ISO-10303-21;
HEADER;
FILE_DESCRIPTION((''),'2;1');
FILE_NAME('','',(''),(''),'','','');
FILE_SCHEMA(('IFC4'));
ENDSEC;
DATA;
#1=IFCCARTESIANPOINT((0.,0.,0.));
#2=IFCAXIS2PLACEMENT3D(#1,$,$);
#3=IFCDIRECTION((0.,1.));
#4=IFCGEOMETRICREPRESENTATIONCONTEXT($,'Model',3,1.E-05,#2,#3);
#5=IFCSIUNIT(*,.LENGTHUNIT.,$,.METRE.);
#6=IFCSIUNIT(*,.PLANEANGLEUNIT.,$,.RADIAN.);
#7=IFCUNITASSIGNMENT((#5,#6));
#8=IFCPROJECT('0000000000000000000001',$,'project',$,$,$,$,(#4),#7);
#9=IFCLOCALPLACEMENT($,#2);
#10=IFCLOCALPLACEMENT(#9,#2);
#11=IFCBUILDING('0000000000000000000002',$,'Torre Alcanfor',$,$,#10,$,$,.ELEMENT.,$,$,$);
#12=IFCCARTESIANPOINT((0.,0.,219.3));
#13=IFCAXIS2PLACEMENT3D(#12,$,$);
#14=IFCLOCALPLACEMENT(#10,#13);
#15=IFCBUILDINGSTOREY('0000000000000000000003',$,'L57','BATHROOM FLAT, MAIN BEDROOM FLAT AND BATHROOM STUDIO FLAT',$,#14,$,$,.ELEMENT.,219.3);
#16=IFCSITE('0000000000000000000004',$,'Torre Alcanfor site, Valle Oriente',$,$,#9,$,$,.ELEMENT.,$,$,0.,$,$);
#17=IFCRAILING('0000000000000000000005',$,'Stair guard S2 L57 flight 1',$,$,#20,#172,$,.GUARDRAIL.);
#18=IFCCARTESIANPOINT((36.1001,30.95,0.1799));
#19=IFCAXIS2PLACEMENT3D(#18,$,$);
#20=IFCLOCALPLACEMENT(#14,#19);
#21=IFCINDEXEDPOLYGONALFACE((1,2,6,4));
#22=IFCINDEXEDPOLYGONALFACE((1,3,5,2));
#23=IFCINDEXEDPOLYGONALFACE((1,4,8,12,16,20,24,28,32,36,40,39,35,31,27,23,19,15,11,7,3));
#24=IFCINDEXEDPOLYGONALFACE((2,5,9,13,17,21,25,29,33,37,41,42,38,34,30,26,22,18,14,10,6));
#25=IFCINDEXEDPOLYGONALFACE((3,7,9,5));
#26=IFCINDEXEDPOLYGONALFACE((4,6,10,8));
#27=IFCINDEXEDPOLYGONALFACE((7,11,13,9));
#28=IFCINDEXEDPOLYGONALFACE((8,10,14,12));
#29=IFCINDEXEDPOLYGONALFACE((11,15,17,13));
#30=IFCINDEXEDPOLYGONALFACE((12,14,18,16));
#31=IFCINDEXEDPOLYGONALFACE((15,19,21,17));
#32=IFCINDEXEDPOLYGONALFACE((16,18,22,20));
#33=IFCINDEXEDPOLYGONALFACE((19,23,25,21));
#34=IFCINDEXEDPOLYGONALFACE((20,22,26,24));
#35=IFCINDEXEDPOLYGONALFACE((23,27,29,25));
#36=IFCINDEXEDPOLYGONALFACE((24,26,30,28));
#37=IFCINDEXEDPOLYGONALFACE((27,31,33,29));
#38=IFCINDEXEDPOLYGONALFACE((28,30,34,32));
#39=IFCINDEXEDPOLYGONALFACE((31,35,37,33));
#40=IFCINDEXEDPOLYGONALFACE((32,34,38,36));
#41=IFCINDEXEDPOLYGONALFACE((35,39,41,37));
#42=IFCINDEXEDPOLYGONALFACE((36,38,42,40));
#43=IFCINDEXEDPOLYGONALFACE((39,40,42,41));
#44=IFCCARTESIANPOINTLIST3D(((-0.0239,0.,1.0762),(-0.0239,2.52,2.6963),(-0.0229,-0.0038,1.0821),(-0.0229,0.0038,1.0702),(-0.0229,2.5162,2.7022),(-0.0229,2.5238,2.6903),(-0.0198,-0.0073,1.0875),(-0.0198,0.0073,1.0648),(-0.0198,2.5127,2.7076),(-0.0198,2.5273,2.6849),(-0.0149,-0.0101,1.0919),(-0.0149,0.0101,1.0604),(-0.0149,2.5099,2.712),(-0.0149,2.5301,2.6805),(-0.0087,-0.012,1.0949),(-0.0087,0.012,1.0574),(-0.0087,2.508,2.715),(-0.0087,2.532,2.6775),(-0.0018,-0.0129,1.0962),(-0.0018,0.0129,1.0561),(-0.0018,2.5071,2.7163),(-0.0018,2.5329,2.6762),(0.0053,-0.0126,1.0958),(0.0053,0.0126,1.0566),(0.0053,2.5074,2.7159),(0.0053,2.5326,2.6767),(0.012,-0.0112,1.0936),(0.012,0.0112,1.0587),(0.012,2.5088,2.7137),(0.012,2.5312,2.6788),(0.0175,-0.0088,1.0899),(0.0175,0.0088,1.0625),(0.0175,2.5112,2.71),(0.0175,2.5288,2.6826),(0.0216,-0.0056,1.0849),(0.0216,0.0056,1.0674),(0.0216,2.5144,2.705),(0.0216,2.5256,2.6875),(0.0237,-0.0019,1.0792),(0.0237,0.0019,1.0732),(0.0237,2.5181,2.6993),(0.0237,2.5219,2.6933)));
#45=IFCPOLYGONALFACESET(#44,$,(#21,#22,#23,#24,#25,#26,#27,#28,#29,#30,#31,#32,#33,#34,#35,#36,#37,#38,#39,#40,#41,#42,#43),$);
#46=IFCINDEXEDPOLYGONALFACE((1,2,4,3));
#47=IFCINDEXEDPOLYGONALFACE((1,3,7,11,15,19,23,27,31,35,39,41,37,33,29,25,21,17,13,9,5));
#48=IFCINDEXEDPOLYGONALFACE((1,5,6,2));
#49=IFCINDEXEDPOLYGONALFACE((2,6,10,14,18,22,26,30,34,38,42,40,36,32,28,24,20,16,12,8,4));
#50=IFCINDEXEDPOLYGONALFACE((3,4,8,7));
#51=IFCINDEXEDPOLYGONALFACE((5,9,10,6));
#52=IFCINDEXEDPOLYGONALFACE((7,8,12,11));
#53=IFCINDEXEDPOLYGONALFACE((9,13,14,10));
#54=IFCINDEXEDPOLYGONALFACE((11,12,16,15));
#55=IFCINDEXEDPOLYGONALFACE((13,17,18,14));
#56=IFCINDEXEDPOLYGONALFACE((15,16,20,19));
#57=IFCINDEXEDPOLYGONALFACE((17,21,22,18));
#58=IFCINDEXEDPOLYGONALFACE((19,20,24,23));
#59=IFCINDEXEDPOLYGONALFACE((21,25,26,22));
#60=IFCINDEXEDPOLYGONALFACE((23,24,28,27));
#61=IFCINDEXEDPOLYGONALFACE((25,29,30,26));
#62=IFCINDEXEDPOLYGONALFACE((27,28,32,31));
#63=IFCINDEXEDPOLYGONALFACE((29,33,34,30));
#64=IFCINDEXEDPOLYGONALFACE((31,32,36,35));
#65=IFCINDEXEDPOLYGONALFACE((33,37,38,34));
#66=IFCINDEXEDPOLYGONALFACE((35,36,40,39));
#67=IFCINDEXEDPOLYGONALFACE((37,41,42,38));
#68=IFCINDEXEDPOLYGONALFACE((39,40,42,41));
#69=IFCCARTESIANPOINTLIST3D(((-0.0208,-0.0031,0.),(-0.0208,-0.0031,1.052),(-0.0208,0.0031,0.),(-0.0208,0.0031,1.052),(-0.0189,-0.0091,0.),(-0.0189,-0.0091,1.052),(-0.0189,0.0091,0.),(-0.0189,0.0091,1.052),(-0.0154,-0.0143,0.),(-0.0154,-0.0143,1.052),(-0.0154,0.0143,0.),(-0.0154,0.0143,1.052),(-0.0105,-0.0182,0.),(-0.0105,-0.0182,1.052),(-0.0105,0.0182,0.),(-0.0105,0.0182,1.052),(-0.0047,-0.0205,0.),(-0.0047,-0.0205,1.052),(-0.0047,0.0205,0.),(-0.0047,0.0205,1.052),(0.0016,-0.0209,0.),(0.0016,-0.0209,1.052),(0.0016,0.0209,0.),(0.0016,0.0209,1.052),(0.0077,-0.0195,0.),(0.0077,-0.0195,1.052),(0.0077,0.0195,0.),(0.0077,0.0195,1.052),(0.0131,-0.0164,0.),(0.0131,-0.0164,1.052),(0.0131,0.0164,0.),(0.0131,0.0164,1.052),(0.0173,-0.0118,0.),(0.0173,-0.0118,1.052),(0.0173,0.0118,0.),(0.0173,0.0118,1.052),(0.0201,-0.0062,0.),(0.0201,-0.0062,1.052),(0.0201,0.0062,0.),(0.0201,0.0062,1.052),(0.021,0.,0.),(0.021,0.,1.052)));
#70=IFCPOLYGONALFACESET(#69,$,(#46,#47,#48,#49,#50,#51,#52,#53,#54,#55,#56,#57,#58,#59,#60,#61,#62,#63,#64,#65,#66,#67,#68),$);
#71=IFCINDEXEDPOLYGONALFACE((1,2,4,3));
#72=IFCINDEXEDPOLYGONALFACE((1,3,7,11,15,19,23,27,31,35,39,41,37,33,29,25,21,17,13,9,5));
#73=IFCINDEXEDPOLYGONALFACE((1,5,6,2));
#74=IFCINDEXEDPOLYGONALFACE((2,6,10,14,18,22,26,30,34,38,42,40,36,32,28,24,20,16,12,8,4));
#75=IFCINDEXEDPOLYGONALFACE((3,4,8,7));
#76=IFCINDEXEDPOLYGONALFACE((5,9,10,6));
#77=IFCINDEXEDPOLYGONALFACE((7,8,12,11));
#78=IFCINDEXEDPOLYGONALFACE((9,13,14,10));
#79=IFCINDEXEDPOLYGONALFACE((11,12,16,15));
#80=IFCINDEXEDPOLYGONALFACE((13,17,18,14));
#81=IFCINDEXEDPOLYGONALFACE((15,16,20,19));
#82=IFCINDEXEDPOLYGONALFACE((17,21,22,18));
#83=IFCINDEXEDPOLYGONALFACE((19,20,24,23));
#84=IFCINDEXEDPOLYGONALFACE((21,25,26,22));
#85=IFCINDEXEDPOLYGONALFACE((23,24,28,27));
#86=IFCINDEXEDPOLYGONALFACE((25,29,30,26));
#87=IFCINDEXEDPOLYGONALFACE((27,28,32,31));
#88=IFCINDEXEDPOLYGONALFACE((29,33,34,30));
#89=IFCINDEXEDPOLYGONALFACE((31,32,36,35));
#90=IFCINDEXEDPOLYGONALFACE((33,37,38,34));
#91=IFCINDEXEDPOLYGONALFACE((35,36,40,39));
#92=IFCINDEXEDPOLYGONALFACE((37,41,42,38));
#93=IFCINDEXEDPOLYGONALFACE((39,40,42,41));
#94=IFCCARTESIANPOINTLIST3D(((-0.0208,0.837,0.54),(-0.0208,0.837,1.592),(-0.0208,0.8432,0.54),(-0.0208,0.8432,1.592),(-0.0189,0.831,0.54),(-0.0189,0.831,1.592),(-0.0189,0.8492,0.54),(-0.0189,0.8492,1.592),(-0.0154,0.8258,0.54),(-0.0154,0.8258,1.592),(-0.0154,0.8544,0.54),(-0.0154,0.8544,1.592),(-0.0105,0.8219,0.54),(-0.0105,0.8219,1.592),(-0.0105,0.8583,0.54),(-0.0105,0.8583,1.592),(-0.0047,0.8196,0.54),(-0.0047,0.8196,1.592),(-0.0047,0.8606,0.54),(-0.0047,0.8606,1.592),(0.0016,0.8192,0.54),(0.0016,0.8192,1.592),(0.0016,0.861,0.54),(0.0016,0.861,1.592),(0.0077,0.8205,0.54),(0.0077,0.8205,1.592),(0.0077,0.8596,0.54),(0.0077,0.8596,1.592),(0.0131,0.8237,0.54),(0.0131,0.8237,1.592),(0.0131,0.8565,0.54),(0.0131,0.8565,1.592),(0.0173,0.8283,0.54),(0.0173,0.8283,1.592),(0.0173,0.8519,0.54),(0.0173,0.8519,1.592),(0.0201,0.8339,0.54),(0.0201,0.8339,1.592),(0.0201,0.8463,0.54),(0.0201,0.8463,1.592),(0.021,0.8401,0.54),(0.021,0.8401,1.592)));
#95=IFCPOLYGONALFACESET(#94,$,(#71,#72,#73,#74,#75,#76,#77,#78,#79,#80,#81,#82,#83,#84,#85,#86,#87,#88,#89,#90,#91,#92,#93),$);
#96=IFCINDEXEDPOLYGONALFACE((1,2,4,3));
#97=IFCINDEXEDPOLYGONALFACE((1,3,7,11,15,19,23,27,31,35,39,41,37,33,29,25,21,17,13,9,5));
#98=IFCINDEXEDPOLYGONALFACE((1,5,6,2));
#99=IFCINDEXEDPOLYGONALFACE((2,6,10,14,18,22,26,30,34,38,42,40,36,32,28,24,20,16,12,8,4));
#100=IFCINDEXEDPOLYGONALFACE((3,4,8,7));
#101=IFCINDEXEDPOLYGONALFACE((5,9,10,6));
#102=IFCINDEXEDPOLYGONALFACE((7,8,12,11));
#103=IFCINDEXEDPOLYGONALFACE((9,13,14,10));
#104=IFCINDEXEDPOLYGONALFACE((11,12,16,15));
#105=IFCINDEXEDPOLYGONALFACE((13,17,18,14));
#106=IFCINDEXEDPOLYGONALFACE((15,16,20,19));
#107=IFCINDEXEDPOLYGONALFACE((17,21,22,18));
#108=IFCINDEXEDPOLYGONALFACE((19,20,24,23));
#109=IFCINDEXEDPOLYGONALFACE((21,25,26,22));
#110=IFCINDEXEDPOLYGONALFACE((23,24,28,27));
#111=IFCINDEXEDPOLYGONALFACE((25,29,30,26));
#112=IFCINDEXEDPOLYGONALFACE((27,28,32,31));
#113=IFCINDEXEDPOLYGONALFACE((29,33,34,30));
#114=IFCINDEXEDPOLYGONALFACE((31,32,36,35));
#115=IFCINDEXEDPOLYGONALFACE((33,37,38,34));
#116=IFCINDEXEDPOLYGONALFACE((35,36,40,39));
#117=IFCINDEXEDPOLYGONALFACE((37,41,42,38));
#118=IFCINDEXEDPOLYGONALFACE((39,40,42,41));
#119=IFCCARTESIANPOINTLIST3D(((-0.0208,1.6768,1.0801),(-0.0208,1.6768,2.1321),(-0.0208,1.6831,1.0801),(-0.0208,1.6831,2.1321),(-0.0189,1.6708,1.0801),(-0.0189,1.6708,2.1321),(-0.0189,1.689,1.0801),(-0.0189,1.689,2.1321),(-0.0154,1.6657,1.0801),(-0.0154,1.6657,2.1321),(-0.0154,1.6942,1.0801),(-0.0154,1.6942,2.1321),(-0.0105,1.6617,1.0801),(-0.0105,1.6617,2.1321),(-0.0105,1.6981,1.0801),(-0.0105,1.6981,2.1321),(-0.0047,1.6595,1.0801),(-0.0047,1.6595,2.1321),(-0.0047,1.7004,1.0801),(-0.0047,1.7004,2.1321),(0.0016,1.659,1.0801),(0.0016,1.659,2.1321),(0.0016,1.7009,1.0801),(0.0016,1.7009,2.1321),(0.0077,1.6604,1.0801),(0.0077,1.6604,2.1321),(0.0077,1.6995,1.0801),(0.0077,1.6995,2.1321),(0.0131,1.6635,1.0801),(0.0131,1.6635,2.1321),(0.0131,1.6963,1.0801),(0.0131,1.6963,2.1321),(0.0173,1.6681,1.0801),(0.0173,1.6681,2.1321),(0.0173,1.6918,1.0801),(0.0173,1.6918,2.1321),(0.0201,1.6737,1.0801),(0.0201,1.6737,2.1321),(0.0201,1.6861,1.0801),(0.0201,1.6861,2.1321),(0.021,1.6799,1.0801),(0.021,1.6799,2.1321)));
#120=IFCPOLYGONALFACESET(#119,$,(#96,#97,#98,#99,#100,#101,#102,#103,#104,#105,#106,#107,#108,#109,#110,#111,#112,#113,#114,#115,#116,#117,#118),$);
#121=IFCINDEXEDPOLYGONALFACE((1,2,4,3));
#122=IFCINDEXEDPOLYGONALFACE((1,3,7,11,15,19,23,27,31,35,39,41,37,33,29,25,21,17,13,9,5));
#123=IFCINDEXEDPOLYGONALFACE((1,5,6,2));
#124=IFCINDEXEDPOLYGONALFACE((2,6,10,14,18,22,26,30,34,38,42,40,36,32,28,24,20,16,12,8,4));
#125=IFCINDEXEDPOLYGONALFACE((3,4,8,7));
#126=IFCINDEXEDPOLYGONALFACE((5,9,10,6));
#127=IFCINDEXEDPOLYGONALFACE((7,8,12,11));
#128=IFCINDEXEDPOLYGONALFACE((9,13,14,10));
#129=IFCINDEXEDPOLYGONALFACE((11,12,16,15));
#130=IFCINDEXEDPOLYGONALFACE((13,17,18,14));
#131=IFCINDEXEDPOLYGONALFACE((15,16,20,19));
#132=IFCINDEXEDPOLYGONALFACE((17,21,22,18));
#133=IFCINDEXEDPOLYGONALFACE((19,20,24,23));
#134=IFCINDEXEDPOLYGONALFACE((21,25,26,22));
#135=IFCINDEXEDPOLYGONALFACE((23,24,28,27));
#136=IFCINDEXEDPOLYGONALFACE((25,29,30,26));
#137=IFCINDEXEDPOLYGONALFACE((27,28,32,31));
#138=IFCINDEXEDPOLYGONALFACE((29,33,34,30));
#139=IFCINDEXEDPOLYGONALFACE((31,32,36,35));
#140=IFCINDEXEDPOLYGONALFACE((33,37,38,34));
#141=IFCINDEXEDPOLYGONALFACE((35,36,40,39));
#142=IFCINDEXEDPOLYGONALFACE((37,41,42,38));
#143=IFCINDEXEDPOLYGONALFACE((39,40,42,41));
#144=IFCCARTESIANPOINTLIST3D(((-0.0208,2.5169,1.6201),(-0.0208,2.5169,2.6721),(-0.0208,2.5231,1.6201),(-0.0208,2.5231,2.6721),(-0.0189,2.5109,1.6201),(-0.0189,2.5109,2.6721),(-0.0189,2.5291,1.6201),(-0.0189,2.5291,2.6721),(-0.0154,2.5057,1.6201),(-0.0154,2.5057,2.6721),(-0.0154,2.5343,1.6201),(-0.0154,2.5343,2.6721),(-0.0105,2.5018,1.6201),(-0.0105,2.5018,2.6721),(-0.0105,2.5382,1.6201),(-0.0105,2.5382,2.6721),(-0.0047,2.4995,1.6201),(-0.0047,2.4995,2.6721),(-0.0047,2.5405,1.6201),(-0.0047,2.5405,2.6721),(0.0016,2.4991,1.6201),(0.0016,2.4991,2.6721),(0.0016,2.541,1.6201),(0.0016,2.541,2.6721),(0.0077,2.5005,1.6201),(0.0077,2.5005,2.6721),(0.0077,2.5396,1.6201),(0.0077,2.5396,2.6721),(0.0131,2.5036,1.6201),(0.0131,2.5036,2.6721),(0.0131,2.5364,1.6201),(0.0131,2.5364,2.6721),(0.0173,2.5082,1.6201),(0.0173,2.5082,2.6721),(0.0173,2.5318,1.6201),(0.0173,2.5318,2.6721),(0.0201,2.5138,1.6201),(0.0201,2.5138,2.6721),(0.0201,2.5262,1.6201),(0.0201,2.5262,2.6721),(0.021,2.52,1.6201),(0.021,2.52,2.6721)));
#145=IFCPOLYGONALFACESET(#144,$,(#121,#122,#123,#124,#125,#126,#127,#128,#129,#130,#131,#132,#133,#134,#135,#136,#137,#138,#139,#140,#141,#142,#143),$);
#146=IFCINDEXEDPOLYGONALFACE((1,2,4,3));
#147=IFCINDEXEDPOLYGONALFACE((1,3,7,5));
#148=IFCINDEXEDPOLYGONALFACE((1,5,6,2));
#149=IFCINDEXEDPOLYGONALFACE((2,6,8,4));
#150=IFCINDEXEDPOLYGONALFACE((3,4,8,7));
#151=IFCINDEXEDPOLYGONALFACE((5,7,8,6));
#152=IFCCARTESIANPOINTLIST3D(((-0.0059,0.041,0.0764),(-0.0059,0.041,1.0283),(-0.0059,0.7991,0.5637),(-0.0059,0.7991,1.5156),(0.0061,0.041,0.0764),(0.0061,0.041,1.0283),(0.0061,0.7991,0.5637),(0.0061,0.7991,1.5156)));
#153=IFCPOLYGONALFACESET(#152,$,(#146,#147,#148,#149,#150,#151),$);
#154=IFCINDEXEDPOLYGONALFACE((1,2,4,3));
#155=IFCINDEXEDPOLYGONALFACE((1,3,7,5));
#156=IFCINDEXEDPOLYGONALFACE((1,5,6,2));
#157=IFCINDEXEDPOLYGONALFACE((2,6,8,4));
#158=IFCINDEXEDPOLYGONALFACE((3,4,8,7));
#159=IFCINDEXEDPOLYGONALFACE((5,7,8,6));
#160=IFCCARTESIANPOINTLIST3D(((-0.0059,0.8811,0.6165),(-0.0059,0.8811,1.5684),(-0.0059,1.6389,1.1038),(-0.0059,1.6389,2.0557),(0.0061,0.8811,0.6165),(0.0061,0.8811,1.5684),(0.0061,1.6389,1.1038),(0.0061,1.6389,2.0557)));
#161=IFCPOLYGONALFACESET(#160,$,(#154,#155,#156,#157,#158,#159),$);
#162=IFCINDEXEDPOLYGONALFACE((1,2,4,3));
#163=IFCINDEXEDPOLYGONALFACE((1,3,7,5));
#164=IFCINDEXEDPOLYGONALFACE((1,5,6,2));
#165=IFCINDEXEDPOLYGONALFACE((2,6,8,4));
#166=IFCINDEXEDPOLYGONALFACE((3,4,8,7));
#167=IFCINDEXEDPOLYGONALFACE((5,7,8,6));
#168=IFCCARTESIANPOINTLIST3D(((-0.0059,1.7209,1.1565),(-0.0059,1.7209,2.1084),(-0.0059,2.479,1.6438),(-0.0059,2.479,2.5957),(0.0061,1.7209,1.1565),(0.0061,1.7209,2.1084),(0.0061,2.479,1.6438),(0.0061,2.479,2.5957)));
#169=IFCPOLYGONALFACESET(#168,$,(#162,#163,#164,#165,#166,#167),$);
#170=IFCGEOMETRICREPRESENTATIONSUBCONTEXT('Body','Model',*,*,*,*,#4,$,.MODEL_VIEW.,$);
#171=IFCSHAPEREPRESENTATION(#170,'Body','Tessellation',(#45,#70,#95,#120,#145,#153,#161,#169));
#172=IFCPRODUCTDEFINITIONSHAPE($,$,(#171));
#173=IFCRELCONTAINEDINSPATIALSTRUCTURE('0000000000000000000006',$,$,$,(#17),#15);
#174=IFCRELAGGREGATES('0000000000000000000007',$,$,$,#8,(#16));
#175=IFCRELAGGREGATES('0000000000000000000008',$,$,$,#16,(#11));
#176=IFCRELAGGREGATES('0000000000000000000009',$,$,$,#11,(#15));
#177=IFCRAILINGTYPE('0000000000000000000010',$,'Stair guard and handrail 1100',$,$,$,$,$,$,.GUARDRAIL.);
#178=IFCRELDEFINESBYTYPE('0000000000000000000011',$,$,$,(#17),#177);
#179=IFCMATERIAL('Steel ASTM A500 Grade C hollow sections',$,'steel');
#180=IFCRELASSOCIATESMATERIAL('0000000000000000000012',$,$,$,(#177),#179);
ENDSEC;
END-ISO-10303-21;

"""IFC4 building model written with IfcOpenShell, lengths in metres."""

from ifc_helpers import new_model, si_unit, direction, frame, origin, origin_2d, place, context, subcontext, project, spatial, polyline, circle, outline, extrude, material, type_object, element, save


model = new_model("IFC4")

# Units and contexts
model_context = context("Model", 3, precision=1e-05, world=origin(), true_north=direction((0.0, 1.0)))
body_context = subcontext(model_context, "Body", "Model", "MODEL_VIEW")
ifc_project = project(units=[si_unit("LENGTHUNIT", "METRE"), si_unit("PLANEANGLEUNIT", "RADIAN")], contexts=[model_context])

# Site, building, storey
site_placement = place(None, origin())
site = spatial("IfcSite", under=ifc_project, at=site_placement, Name="Torre Alcanfor site, Valle Oriente", CompositionType="ELEMENT", RefElevation=0.0)
building_placement = place(site_placement, origin())
building = spatial("IfcBuilding", under=site, at=building_placement, Name="Torre Alcanfor", CompositionType="ELEMENT")
storey_placement = place(building_placement, frame((0.0, 0.0, 219.3)))
storey = spatial("IfcBuildingStorey", under=building, at=storey_placement, Name="L57", Description="BATHROOM FLAT, MAIN BEDROOM FLAT AND BATHROOM STUDIO FLAT", CompositionType="ELEMENT", Elevation=219.3)

# Railing
ifc_material_1 = material(Name="Steel ASTM A500 Grade C hollow sections", Category="steel")
railing_type_1 = type_object("IfcRailingType", Name="Stair guard and handrail 1100", PredefinedType="GUARDRAIL", material=ifc_material_1)
railing_1_placement = place(storey_placement, frame((36.1001, 30.95, 0.1799)))
element("IfcRailing", 1, at=railing_1_placement, inside=storey, type_object=railing_type_1, Name="Stair guard S2 L57 flight 1", PredefinedType="GUARDRAIL", context=body_context, shape_type="SweptSolid", body=[
    extrude(circle(Radius=0.0239, at=origin_2d()), frame((0.0, 0.0, 1.0762), z_axis=(0.0, 0.841163, 0.540782), x_axis=(-1.0, 0.0, 0.0)), (0.0, 0.0, 1.0), 2.9958),
    extrude(circle(Radius=0.021, at=origin_2d()), origin(), (0.0, 0.0, 1.0), 1.052),
    extrude(circle(Radius=0.021, at=origin_2d()), frame((0.0, 0.8401, 0.54)), (0.0, 0.0, 1.0), 1.052),
    extrude(circle(Radius=0.021, at=origin_2d()), frame((0.0, 1.6799, 1.0801)), (0.0, 0.0, 1.0), 1.052),
    extrude(circle(Radius=0.021, at=origin_2d()), frame((0.0, 2.52, 1.6201)), (0.0, 0.0, 1.0), 1.052),
    extrude(outline(polyline([(0.041, 0.0764), (0.7991, 0.5637), (0.7991, 1.5156), (0.041, 1.0283), (0.041, 0.0764)])), frame((-0.0059, 0.0, 0.0), z_axis=(1.0, 0.0, 0.0), x_axis=(0.0, 1.0, 0.0)), (0.0, 0.0, 1.0), 0.012),
    extrude(outline(polyline([(0.8811, 0.6165), (1.6389, 1.1038), (1.6389, 2.0557), (0.8811, 1.5684), (0.8811, 0.6165)])), frame((-0.0059, 0.0, 0.0), z_axis=(1.0, 0.0, 0.0), x_axis=(0.0, 1.0, 0.0)), (0.0, 0.0, 1.0), 0.012),
    extrude(outline(polyline([(1.7209, 1.1565), (2.479, 1.6438), (2.479, 2.5957), (1.7209, 2.1084), (1.7209, 1.1565)])), frame((-0.0059, 0.0, 0.0), z_axis=(1.0, 0.0, 0.0), x_axis=(0.0, 1.0, 0.0)), (0.0, 0.0, 1.0), 0.012),
])

save(model, "model.ifc")
